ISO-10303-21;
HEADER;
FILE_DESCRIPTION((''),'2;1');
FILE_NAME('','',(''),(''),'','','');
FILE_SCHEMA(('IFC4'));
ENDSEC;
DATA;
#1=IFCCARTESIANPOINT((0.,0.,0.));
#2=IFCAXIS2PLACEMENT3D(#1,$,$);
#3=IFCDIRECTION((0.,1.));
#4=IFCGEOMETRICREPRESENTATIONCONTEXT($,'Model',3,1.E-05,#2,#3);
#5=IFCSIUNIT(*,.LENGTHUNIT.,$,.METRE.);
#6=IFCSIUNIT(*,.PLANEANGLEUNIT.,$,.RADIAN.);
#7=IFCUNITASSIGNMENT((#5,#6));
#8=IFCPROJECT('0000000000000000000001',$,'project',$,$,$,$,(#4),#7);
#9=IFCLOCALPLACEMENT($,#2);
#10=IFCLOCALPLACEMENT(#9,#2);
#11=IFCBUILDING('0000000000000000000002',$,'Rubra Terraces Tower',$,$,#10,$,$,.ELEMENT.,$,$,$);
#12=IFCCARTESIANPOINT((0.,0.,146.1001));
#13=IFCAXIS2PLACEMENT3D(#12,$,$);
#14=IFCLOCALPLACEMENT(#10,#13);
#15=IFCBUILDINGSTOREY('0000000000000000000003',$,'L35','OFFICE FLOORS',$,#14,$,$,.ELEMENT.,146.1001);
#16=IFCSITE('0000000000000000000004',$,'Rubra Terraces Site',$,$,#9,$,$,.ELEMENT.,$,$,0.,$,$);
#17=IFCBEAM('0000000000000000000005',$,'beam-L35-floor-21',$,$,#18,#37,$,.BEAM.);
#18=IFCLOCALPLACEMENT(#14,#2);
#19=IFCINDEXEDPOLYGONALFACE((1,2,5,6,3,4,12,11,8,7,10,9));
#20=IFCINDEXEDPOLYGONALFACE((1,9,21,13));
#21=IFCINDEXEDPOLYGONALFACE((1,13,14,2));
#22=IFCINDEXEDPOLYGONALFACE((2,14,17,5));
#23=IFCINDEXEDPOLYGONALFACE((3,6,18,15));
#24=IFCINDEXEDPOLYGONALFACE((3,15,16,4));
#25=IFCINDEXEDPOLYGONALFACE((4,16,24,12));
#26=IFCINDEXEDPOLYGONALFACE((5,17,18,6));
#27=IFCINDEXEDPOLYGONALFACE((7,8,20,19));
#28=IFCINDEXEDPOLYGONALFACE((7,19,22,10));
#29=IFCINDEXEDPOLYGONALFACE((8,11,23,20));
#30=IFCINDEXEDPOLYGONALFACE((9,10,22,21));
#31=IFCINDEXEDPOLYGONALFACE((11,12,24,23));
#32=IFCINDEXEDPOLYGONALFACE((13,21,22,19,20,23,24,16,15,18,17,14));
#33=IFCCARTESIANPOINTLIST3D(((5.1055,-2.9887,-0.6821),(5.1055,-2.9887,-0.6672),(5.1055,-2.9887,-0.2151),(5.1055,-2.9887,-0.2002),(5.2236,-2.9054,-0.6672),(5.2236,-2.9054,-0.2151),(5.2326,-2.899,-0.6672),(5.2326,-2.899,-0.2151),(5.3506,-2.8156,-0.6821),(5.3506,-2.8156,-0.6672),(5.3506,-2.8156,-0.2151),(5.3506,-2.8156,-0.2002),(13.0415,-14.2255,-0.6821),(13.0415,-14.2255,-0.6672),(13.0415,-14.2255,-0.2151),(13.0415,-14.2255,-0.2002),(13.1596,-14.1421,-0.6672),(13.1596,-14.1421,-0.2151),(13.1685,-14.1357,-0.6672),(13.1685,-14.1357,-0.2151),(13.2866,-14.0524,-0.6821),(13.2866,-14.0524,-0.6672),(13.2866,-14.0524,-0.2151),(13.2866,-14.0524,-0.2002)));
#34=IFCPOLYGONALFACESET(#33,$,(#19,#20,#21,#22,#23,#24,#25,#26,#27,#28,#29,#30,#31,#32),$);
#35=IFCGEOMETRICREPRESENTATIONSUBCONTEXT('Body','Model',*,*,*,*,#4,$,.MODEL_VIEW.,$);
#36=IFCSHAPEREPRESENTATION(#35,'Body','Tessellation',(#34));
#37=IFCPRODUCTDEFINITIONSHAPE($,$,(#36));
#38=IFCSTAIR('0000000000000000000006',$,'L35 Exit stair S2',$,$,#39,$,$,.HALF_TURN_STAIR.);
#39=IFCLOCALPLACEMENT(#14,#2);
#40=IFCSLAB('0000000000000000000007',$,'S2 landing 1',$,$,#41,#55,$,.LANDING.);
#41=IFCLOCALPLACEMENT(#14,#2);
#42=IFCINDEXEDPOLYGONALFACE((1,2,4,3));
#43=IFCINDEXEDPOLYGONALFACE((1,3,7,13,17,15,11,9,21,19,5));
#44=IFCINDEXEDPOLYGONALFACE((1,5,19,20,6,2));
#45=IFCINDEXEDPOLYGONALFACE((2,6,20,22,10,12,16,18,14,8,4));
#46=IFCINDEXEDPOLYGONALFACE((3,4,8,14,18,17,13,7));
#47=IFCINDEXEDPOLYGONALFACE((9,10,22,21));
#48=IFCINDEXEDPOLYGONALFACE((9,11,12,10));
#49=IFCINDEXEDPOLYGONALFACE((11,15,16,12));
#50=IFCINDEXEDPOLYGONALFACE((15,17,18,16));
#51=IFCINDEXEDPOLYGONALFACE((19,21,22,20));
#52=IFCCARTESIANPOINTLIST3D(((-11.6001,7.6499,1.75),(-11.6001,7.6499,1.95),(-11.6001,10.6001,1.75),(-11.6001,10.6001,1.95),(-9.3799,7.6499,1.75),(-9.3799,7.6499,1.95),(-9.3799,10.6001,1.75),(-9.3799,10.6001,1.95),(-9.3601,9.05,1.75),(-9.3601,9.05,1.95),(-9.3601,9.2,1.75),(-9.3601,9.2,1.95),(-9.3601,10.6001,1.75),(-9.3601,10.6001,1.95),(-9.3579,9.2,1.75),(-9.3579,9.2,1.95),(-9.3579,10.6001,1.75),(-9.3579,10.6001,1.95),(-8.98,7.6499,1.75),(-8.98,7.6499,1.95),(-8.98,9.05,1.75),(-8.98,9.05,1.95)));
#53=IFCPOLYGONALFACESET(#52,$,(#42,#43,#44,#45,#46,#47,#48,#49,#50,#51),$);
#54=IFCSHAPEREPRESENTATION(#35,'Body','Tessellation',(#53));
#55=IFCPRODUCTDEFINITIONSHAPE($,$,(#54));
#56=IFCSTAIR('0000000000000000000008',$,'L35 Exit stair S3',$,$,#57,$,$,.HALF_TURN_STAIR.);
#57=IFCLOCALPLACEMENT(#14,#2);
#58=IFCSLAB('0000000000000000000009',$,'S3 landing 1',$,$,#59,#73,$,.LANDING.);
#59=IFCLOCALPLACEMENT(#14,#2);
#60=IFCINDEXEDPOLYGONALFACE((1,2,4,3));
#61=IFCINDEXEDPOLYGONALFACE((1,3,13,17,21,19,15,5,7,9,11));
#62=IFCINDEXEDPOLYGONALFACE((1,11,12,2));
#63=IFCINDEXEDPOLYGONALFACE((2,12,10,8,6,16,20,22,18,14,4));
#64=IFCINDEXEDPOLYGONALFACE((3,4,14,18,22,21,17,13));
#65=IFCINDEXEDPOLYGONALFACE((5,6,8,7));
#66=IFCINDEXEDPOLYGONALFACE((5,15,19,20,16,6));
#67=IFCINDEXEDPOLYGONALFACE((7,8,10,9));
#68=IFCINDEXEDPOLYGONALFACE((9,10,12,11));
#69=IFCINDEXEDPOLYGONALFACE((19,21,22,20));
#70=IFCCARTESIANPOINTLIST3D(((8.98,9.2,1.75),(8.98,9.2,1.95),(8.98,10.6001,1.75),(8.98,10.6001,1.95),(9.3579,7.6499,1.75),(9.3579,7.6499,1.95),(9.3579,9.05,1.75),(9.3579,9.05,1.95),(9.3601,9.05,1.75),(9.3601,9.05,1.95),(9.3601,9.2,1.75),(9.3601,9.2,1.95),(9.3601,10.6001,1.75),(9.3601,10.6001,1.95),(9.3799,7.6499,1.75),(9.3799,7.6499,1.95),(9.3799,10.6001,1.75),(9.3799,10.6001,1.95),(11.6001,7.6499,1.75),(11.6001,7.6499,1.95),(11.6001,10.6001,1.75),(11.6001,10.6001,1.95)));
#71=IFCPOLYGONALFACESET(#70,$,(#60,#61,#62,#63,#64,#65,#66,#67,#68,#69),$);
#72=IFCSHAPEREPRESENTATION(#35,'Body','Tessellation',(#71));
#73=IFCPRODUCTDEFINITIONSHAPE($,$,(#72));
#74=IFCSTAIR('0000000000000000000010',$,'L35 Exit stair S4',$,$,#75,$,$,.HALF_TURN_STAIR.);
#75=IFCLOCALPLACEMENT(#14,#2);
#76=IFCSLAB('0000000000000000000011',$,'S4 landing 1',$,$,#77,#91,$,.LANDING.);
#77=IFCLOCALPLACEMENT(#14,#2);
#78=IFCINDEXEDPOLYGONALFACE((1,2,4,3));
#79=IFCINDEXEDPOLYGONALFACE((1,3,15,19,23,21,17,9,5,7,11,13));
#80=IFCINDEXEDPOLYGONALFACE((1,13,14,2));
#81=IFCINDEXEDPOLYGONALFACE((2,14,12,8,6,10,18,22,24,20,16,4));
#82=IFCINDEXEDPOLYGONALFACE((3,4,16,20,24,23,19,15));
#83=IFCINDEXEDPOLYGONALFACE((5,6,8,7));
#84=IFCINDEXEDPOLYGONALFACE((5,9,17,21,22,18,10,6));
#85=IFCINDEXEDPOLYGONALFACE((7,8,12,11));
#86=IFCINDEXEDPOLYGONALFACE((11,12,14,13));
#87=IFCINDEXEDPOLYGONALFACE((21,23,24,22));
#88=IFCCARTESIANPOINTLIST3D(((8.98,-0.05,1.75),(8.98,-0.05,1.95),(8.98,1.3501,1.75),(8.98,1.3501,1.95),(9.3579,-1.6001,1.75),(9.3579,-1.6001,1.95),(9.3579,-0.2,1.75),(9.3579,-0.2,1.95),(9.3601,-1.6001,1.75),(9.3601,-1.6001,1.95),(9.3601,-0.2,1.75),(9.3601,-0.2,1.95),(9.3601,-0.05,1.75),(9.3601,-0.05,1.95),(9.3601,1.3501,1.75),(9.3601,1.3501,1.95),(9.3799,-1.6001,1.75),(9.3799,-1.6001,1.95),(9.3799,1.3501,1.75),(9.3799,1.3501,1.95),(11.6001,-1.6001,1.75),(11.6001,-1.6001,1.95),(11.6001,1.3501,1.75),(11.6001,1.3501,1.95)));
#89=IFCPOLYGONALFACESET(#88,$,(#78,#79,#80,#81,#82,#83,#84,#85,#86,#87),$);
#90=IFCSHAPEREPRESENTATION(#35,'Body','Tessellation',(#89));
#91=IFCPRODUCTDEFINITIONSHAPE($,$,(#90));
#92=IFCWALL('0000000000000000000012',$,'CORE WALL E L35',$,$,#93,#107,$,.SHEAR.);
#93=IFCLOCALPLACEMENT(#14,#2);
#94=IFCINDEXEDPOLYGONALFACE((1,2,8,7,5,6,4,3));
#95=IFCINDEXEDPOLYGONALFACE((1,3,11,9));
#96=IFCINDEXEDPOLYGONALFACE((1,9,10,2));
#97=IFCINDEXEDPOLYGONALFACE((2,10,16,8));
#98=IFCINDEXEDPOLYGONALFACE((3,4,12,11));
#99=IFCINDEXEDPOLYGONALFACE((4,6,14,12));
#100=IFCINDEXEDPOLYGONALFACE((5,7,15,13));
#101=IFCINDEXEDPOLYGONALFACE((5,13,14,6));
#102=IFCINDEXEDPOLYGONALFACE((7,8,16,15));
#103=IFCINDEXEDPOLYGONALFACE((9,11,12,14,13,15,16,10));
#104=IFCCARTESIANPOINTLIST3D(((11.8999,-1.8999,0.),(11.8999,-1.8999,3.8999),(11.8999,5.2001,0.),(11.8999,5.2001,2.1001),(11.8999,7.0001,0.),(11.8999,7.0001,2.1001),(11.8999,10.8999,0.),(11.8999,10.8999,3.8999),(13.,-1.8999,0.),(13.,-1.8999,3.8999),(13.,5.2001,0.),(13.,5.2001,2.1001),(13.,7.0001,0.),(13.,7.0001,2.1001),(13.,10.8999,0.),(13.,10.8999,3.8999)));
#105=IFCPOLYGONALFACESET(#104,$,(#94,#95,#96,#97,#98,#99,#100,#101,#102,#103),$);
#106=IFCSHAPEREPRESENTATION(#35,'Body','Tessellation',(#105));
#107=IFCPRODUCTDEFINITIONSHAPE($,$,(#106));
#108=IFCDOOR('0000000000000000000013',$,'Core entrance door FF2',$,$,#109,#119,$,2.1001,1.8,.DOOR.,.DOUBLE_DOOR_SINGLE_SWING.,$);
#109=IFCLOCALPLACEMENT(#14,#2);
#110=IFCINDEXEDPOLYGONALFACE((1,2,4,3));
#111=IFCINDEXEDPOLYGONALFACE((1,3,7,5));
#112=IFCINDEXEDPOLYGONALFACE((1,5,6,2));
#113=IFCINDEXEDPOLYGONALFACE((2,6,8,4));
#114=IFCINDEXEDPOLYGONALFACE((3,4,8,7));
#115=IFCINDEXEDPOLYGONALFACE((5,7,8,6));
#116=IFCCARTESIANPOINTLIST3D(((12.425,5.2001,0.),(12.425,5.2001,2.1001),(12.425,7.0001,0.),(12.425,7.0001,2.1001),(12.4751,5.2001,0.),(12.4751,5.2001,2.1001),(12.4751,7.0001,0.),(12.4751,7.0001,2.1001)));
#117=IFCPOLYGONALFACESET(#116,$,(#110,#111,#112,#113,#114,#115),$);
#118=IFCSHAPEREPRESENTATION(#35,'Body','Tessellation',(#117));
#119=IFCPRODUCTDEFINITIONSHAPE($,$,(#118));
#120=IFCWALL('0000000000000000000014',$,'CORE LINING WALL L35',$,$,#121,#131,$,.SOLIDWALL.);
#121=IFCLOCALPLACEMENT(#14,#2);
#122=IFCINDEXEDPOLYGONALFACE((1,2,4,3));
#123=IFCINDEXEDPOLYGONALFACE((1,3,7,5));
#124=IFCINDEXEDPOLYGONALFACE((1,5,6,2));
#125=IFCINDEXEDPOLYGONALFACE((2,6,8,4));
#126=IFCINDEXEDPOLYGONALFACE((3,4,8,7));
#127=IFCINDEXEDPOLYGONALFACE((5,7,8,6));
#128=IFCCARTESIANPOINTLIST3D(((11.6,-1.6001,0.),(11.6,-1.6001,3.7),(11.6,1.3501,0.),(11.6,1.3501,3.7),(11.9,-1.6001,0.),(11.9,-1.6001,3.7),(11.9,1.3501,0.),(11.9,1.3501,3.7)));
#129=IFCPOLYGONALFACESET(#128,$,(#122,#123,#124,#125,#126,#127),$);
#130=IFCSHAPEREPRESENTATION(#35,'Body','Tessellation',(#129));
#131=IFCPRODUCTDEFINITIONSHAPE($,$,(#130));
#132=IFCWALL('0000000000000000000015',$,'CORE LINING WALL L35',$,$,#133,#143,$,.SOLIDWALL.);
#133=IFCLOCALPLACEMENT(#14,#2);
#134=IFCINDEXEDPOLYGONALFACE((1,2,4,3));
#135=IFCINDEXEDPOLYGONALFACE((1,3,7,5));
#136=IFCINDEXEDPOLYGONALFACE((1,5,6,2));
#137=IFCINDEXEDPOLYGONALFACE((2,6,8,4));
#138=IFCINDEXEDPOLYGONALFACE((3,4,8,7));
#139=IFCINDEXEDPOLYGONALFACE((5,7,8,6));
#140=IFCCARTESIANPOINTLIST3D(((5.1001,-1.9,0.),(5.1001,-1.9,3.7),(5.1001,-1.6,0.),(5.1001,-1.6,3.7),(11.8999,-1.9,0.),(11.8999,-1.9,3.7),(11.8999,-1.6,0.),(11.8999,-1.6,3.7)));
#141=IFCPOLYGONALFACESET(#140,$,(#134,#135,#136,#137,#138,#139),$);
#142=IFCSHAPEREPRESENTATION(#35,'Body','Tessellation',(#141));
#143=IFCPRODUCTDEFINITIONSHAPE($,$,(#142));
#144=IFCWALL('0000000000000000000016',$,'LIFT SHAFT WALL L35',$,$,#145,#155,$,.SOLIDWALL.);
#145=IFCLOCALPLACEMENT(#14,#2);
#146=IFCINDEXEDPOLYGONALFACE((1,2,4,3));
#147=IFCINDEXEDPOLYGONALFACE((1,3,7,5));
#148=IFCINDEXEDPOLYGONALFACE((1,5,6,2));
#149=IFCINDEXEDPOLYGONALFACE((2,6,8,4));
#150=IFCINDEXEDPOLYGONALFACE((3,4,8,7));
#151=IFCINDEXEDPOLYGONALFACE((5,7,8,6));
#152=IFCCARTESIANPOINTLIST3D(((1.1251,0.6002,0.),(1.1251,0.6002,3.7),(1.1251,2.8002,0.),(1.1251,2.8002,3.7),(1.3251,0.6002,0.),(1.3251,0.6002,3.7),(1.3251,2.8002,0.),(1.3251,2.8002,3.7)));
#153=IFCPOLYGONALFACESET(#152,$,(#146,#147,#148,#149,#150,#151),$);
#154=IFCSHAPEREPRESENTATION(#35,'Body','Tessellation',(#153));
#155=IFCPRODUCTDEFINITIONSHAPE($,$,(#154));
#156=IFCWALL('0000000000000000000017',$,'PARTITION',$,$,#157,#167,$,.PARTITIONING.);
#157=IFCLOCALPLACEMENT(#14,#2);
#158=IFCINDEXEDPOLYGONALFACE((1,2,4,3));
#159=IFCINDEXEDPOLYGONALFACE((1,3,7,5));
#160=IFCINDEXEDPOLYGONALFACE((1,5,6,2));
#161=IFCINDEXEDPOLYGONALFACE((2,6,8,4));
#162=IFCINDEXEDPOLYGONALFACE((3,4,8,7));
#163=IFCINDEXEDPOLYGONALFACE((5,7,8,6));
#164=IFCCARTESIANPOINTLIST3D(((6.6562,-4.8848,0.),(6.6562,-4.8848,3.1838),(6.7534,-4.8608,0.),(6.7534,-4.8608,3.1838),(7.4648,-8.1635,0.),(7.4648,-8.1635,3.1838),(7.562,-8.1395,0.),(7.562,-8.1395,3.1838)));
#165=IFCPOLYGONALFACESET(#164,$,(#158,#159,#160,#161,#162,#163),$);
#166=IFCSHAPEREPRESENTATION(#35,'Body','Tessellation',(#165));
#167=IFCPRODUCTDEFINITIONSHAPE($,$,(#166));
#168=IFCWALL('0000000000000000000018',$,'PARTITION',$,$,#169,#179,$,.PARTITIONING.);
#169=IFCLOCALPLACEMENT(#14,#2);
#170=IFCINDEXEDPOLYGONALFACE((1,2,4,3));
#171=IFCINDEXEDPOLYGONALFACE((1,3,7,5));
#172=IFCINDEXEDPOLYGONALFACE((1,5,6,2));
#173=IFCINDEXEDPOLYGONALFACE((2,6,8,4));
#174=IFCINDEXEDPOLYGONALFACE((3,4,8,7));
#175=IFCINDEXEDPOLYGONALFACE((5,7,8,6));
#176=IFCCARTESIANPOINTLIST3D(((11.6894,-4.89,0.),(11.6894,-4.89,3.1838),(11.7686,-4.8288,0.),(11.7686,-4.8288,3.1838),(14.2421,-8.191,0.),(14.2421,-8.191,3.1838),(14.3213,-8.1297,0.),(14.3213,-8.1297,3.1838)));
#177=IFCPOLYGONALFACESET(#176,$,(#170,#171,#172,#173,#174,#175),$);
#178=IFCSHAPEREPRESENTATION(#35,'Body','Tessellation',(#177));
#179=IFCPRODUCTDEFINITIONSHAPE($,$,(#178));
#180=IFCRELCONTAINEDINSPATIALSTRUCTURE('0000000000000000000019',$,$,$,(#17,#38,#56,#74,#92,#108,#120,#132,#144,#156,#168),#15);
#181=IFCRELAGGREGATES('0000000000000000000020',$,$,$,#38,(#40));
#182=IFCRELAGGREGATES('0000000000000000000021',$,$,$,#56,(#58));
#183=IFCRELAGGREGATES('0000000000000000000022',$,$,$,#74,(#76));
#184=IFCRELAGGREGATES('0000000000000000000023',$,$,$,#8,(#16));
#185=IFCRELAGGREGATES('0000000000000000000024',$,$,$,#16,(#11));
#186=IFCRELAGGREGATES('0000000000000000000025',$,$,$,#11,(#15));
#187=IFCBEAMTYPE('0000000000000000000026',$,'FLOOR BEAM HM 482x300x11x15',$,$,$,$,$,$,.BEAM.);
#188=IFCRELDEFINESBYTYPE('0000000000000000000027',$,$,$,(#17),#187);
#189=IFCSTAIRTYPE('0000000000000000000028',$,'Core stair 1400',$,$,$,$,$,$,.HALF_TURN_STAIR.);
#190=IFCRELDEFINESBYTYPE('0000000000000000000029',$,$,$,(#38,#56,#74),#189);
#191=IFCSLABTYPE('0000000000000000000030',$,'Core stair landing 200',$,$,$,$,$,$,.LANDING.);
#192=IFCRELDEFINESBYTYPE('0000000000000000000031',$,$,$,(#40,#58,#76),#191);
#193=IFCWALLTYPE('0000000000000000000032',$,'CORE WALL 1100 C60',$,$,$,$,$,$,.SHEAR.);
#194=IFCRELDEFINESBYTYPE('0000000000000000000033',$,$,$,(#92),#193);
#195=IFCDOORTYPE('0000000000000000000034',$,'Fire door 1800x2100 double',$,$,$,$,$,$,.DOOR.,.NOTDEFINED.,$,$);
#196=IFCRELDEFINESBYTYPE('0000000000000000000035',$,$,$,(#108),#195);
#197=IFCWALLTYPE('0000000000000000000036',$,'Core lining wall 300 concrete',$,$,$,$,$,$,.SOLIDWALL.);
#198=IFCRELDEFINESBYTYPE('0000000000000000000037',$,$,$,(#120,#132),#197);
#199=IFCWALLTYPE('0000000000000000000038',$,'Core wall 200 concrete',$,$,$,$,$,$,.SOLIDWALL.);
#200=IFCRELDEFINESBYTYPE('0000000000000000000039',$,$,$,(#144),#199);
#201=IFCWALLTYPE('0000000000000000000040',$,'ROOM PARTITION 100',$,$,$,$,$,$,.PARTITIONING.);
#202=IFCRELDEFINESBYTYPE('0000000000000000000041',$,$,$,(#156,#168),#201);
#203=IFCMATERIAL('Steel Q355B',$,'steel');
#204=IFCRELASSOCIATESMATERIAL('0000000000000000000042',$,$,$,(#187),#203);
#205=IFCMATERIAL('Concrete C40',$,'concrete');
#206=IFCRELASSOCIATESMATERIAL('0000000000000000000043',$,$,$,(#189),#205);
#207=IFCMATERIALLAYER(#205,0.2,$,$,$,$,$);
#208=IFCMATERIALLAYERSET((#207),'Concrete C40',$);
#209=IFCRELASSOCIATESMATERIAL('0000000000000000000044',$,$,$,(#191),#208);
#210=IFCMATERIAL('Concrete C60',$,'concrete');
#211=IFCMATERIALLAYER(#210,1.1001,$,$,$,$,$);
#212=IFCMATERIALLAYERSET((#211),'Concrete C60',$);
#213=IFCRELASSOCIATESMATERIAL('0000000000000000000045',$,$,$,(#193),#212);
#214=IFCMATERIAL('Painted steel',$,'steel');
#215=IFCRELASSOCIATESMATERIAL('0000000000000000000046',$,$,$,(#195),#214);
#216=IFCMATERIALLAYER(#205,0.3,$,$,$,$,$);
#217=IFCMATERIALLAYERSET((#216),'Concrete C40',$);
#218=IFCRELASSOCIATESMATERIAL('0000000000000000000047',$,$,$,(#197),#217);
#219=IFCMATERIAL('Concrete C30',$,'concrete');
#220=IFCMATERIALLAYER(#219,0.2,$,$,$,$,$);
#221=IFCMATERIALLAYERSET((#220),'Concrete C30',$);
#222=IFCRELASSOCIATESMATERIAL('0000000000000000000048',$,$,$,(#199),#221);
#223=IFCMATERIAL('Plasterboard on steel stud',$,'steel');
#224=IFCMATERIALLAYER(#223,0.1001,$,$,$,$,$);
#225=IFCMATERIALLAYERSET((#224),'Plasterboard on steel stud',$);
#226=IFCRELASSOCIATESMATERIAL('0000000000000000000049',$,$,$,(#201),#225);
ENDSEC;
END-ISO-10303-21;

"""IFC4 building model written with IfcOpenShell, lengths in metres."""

from ifc_helpers import new_model, si_unit, direction, frame, frame_2d, origin, origin_2d, place, context, subcontext, project, spatial, polyline, rectangle, i_section, outline, extrude, material, layer, layer_set, material_profile, profile_set, type_object, element, fill, aggregate, save


model = new_model("IFC4")

# Units and contexts
model_context = context("Model", 3, precision=1e-05, world=origin(), true_north=direction((0.0, 1.0)))
body_context = subcontext(model_context, "Body", "Model", "MODEL_VIEW")
ifc_project = project(units=[si_unit("LENGTHUNIT", "METRE"), si_unit("PLANEANGLEUNIT", "RADIAN")], contexts=[model_context])

# Site, building, storey
site_placement = place(None, origin())
site = spatial("IfcSite", under=ifc_project, at=site_placement, Name="Rubra Terraces Site", CompositionType="ELEMENT", RefElevation=0.0)
building_placement = place(site_placement, origin())
building = spatial("IfcBuilding", under=site, at=building_placement, Name="Rubra Terraces Tower", CompositionType="ELEMENT")
storey_placement = place(building_placement, frame((0.0, 0.0, 146.1001)))
storey = spatial("IfcBuildingStorey", under=building, at=storey_placement, Name="L35", Description="OFFICE FLOORS", CompositionType="ELEMENT", Elevation=146.1001)

# Beam
ifc_material_1 = material(Name="Steel Q355B", Category="steel")
ifc_material_profile = material_profile(ifc_material_1, i_section(OverallWidth=0.3, OverallDepth=0.4819, WebThickness=0.011, FlangeThickness=0.0149, at=origin_2d()), Name="HM 482x300x11x15")
ifc_profile_set = profile_set([ifc_material_profile], Name="Steel Q355B")
beam_type = type_object("IfcBeamType", Name="FLOOR BEAM HM 482x300x11x15", PredefinedType="BEAM", material=ifc_profile_set)
beam_placement = place(storey_placement, frame((13.1641, -14.1389, -0.4412), z_axis=(-0.576885, 0.816825, 0.0), x_axis=(-0.816825, -0.576885, 0.0)))
element("IfcBeam", 1, at=beam_placement, inside=storey, type_object=beam_type, Name="beam-L35-floor-21", PredefinedType="BEAM", context=body_context, shape_type="SweptSolid", body=[
    extrude(i_section(OverallWidth=0.3, OverallDepth=0.4819, WebThickness=0.011, FlangeThickness=0.0149, at=origin_2d()), origin(), (0.0, 0.0, 1.0), 13.7566),
])

# Stairs, slabs
ifc_material_2 = material(Name="Concrete C40", Category="concrete")
stair_type = type_object("IfcStairType", Name="Core stair 1400", PredefinedType="HALF_TURN_STAIR", material=ifc_material_2)
stair_1_placement = place(storey_placement, origin())
stair_1 = element("IfcStair", 2, at=stair_1_placement, inside=storey, type_object=stair_type, Name="L35 Exit stair S2", PredefinedType="HALF_TURN_STAIR")
ifc_layer_1 = layer(ifc_material_2, 0.2)
ifc_layer_set_1 = layer_set([ifc_layer_1], Name="Concrete C40")
slab_type = type_object("IfcSlabType", Name="Core stair landing 200", PredefinedType="LANDING", material=ifc_layer_set_1)
slab_1_placement = place(storey_placement, frame((0.0, 0.0, 1.75)))
slab_1 = element("IfcSlab", 3, at=slab_1_placement, type_object=slab_type, Name="S2 landing 1", PredefinedType="LANDING", context=body_context, shape_type="SweptSolid", body=[
    extrude(outline(polyline([(-8.98, 9.05), (-8.98, 7.6499), (-9.3799, 7.6499), (-11.6001, 7.6499), (-11.6001, 10.6001), (-9.3799, 10.6001), (-9.3601, 10.6001), (-9.3579, 10.6001), (-9.3579, 9.2), (-9.3601, 9.2), (-9.3601, 9.05), (-8.98, 9.05)])), origin(), (0.0, 0.0, 1.0), 0.2),
])
aggregate(stair_1, [slab_1])
stair_2_placement = place(storey_placement, origin())
stair_2 = element("IfcStair", 4, at=stair_2_placement, inside=storey, type_object=stair_type, Name="L35 Exit stair S3", PredefinedType="HALF_TURN_STAIR")
slab_2_placement = place(storey_placement, frame((0.0, 0.0, 1.75)))
slab_2 = element("IfcSlab", 5, at=slab_2_placement, type_object=slab_type, Name="S3 landing 1", PredefinedType="LANDING", context=body_context, shape_type="SweptSolid", body=[
    extrude(outline(polyline([(9.3601, 9.05), (9.3601, 9.2), (8.98, 9.2), (8.98, 10.6001), (9.3601, 10.6001), (9.3799, 10.6001), (11.6001, 10.6001), (11.6001, 7.6499), (9.3799, 7.6499), (9.3579, 7.6499), (9.3579, 9.05), (9.3601, 9.05)])), origin(), (0.0, 0.0, 1.0), 0.2),
])
aggregate(stair_2, [slab_2])
stair_3_placement = place(storey_placement, origin())
stair_3 = element("IfcStair", 6, at=stair_3_placement, inside=storey, type_object=stair_type, Name="L35 Exit stair S4", PredefinedType="HALF_TURN_STAIR")
slab_3_placement = place(storey_placement, frame((0.0, 0.0, 1.75)))
slab_3 = element("IfcSlab", 7, at=slab_3_placement, type_object=slab_type, Name="S4 landing 1", PredefinedType="LANDING", context=body_context, shape_type="SweptSolid", body=[
    extrude(outline(polyline([(9.3601, -0.2), (9.3601, -0.05), (8.98, -0.05), (8.98, 1.3501), (9.3601, 1.3501), (9.3799, 1.3501), (11.6001, 1.3501), (11.6001, -1.6001), (9.3799, -1.6001), (9.3601, -1.6001), (9.3579, -1.6001), (9.3579, -0.2), (9.3601, -0.2)])), origin(), (0.0, 0.0, 1.0), 0.2),
])

# Wall, opening, door
ifc_material_3 = material(Name="Concrete C60", Category="concrete")
ifc_layer_2 = layer(ifc_material_3, 1.1001)
ifc_layer_set_2 = layer_set([ifc_layer_2], Name="Concrete C60")
wall_type_1 = type_object("IfcWallType", Name="CORE WALL 1100 C60", PredefinedType="SHEAR", material=ifc_layer_set_2)
wall_1_placement = place(storey_placement, frame((12.45, -1.8999, 0.0), z_axis=(0.0, 0.0, 1.0), x_axis=(0.0, 1.0, 0.0)))
wall_1 = element("IfcWall", 8, at=wall_1_placement, inside=storey, type_object=wall_type_1, Name="CORE WALL E L35", PredefinedType="SHEAR", context=body_context, shape_type="SweptSolid", body=[
    extrude(rectangle(XDim=12.7998, YDim=1.1001, at=frame_2d((6.3999, 0.0))), origin(), (0.0, 0.0, 1.0), 3.8999),
])
opening_1_placement = place(wall_1_placement, frame((7.1001, 0.0, 0.0)))
opening_1 = element("IfcOpeningElement", 9, at=opening_1_placement, cuts=wall_1, PredefinedType="OPENING", context=body_context, shape_type="SweptSolid", body=[
    extrude(rectangle(XDim=1.8, YDim=2.1001, at=frame_2d((0.8999, 1.05))), frame((0.0, 0.5601, 0.0), z_axis=(0.0, -1.0, 0.0), x_axis=(1.0, 0.0, 0.0)), (0.0, 0.0, 1.0), 1.1201),
])
ifc_material_4 = material(Name="Painted steel", Category="steel")
door_type_1 = type_object("IfcDoorType", Name="Fire door 1800x2100 double", OperationType="NOTDEFINED", PredefinedType="DOOR", material=ifc_material_4)
door_1_placement = place(opening_1_placement, origin())
door_1 = element("IfcDoor", 10, at=door_1_placement, inside=storey, type_object=door_type_1, Name="Core entrance door FF2", OperationType="DOUBLE_DOOR_SINGLE_SWING", OverallHeight=2.1001, OverallWidth=1.8, PredefinedType="DOOR", context=body_context, shape_type="SweptSolid", body=[
    extrude(rectangle(XDim=1.8, YDim=2.1001, at=frame_2d((0.8999, 1.05))), frame((0.0, 0.0249, 0.0), z_axis=(0.0, -1.0, 0.0), x_axis=(1.0, 0.0, 0.0)), (0.0, 0.0, 1.0), 0.05),
])
fill(opening_1, door_1)

# Walls
ifc_layer_3 = layer(ifc_material_2, 0.3)
ifc_layer_set_3 = layer_set([ifc_layer_3], Name="Concrete C40")
wall_type_2 = type_object("IfcWallType", Name="Core lining wall 300 concrete", PredefinedType="SOLIDWALL", material=ifc_layer_set_3)
wall_2_placement = place(storey_placement, frame((11.75, 1.3501, 0.0), z_axis=(0.0, 0.0, 1.0), x_axis=(0.0, -1.0, 0.0)))
element("IfcWall", 11, at=wall_2_placement, inside=storey, type_object=wall_type_2, Name="CORE LINING WALL L35", PredefinedType="SOLIDWALL", context=body_context, shape_type="SweptSolid", body=[
    extrude(rectangle(XDim=2.9502, YDim=0.3, at=frame_2d((1.4751, 0.0))), origin(), (0.0, 0.0, 1.0), 3.7),
])
wall_3_placement = place(storey_placement, frame((11.8999, -1.75, 0.0), z_axis=(0.0, 0.0, 1.0), x_axis=(-1.0, 0.0, 0.0)))
element("IfcWall", 12, at=wall_3_placement, inside=storey, type_object=wall_type_2, Name="CORE LINING WALL L35", PredefinedType="SOLIDWALL", context=body_context, shape_type="SweptSolid", body=[
    extrude(rectangle(XDim=6.7998, YDim=0.3, at=frame_2d((3.3999, 0.0))), origin(), (0.0, 0.0, 1.0), 3.7),
])
ifc_material_5 = material(Name="Concrete C30", Category="concrete")
ifc_layer_4 = layer(ifc_material_5, 0.2)
ifc_layer_set_4 = layer_set([ifc_layer_4], Name="Concrete C30")
wall_type_3 = type_object("IfcWallType", Name="Core wall 200 concrete", PredefinedType="SOLIDWALL", material=ifc_layer_set_4)
wall_4_placement = place(storey_placement, frame((1.2251, 0.6001, 0.0), z_axis=(0.0, 0.0, 1.0), x_axis=(0.0, 1.0, 0.0)))
element("IfcWall", 13, at=wall_4_placement, inside=storey, type_object=wall_type_3, Name="LIFT SHAFT WALL L35", PredefinedType="SOLIDWALL", context=body_context, shape_type="SweptSolid", body=[
    extrude(rectangle(XDim=2.2, YDim=0.2, at=frame_2d((1.1001, 0.0))), origin(), (0.0, 0.0, 1.0), 3.7),
])
ifc_material_6 = material(Name="Plasterboard on steel stud", Category="steel")
ifc_layer_5 = layer(ifc_material_6, 0.1001)
ifc_layer_set_5 = layer_set([ifc_layer_5], Name="Plasterboard on steel stud")
wall_type_4 = type_object("IfcWallType", Name="ROOM PARTITION 100", PredefinedType="PARTITIONING", material=ifc_layer_set_5)
wall_5_placement = place(storey_placement, frame((6.7048, -4.8728, 0.0), z_axis=(0.0, 0.0, 1.0), x_axis=(0.239438, -0.970912, 0.0)))
element("IfcWall", 14, at=wall_5_placement, inside=storey, type_object=wall_type_4, Name="PARTITION", PredefinedType="PARTITIONING", context=body_context, shape_type="SweptSolid", body=[
    extrude(rectangle(XDim=3.377, YDim=0.1001, at=frame_2d((1.6885, 0.0))), origin(), (0.0, 0.0, 1.0), 3.1838),
])
wall_6_placement = place(storey_placement, frame((11.729, -4.8594, 0.0), z_axis=(0.0, 0.0, 1.0), x_axis=(0.611739, -0.79106, 0.0)))
element("IfcWall", 15, at=wall_6_placement, inside=storey, type_object=wall_type_4, Name="PARTITION", PredefinedType="PARTITIONING", context=body_context, shape_type="SweptSolid", body=[
    extrude(rectangle(XDim=4.1729, YDim=0.1001, at=frame_2d((2.0864, 0.0))), origin(), (0.0, 0.0, 1.0), 3.1838),
])

aggregate(stair_3, [slab_3])

save(model, "model.ifc")
